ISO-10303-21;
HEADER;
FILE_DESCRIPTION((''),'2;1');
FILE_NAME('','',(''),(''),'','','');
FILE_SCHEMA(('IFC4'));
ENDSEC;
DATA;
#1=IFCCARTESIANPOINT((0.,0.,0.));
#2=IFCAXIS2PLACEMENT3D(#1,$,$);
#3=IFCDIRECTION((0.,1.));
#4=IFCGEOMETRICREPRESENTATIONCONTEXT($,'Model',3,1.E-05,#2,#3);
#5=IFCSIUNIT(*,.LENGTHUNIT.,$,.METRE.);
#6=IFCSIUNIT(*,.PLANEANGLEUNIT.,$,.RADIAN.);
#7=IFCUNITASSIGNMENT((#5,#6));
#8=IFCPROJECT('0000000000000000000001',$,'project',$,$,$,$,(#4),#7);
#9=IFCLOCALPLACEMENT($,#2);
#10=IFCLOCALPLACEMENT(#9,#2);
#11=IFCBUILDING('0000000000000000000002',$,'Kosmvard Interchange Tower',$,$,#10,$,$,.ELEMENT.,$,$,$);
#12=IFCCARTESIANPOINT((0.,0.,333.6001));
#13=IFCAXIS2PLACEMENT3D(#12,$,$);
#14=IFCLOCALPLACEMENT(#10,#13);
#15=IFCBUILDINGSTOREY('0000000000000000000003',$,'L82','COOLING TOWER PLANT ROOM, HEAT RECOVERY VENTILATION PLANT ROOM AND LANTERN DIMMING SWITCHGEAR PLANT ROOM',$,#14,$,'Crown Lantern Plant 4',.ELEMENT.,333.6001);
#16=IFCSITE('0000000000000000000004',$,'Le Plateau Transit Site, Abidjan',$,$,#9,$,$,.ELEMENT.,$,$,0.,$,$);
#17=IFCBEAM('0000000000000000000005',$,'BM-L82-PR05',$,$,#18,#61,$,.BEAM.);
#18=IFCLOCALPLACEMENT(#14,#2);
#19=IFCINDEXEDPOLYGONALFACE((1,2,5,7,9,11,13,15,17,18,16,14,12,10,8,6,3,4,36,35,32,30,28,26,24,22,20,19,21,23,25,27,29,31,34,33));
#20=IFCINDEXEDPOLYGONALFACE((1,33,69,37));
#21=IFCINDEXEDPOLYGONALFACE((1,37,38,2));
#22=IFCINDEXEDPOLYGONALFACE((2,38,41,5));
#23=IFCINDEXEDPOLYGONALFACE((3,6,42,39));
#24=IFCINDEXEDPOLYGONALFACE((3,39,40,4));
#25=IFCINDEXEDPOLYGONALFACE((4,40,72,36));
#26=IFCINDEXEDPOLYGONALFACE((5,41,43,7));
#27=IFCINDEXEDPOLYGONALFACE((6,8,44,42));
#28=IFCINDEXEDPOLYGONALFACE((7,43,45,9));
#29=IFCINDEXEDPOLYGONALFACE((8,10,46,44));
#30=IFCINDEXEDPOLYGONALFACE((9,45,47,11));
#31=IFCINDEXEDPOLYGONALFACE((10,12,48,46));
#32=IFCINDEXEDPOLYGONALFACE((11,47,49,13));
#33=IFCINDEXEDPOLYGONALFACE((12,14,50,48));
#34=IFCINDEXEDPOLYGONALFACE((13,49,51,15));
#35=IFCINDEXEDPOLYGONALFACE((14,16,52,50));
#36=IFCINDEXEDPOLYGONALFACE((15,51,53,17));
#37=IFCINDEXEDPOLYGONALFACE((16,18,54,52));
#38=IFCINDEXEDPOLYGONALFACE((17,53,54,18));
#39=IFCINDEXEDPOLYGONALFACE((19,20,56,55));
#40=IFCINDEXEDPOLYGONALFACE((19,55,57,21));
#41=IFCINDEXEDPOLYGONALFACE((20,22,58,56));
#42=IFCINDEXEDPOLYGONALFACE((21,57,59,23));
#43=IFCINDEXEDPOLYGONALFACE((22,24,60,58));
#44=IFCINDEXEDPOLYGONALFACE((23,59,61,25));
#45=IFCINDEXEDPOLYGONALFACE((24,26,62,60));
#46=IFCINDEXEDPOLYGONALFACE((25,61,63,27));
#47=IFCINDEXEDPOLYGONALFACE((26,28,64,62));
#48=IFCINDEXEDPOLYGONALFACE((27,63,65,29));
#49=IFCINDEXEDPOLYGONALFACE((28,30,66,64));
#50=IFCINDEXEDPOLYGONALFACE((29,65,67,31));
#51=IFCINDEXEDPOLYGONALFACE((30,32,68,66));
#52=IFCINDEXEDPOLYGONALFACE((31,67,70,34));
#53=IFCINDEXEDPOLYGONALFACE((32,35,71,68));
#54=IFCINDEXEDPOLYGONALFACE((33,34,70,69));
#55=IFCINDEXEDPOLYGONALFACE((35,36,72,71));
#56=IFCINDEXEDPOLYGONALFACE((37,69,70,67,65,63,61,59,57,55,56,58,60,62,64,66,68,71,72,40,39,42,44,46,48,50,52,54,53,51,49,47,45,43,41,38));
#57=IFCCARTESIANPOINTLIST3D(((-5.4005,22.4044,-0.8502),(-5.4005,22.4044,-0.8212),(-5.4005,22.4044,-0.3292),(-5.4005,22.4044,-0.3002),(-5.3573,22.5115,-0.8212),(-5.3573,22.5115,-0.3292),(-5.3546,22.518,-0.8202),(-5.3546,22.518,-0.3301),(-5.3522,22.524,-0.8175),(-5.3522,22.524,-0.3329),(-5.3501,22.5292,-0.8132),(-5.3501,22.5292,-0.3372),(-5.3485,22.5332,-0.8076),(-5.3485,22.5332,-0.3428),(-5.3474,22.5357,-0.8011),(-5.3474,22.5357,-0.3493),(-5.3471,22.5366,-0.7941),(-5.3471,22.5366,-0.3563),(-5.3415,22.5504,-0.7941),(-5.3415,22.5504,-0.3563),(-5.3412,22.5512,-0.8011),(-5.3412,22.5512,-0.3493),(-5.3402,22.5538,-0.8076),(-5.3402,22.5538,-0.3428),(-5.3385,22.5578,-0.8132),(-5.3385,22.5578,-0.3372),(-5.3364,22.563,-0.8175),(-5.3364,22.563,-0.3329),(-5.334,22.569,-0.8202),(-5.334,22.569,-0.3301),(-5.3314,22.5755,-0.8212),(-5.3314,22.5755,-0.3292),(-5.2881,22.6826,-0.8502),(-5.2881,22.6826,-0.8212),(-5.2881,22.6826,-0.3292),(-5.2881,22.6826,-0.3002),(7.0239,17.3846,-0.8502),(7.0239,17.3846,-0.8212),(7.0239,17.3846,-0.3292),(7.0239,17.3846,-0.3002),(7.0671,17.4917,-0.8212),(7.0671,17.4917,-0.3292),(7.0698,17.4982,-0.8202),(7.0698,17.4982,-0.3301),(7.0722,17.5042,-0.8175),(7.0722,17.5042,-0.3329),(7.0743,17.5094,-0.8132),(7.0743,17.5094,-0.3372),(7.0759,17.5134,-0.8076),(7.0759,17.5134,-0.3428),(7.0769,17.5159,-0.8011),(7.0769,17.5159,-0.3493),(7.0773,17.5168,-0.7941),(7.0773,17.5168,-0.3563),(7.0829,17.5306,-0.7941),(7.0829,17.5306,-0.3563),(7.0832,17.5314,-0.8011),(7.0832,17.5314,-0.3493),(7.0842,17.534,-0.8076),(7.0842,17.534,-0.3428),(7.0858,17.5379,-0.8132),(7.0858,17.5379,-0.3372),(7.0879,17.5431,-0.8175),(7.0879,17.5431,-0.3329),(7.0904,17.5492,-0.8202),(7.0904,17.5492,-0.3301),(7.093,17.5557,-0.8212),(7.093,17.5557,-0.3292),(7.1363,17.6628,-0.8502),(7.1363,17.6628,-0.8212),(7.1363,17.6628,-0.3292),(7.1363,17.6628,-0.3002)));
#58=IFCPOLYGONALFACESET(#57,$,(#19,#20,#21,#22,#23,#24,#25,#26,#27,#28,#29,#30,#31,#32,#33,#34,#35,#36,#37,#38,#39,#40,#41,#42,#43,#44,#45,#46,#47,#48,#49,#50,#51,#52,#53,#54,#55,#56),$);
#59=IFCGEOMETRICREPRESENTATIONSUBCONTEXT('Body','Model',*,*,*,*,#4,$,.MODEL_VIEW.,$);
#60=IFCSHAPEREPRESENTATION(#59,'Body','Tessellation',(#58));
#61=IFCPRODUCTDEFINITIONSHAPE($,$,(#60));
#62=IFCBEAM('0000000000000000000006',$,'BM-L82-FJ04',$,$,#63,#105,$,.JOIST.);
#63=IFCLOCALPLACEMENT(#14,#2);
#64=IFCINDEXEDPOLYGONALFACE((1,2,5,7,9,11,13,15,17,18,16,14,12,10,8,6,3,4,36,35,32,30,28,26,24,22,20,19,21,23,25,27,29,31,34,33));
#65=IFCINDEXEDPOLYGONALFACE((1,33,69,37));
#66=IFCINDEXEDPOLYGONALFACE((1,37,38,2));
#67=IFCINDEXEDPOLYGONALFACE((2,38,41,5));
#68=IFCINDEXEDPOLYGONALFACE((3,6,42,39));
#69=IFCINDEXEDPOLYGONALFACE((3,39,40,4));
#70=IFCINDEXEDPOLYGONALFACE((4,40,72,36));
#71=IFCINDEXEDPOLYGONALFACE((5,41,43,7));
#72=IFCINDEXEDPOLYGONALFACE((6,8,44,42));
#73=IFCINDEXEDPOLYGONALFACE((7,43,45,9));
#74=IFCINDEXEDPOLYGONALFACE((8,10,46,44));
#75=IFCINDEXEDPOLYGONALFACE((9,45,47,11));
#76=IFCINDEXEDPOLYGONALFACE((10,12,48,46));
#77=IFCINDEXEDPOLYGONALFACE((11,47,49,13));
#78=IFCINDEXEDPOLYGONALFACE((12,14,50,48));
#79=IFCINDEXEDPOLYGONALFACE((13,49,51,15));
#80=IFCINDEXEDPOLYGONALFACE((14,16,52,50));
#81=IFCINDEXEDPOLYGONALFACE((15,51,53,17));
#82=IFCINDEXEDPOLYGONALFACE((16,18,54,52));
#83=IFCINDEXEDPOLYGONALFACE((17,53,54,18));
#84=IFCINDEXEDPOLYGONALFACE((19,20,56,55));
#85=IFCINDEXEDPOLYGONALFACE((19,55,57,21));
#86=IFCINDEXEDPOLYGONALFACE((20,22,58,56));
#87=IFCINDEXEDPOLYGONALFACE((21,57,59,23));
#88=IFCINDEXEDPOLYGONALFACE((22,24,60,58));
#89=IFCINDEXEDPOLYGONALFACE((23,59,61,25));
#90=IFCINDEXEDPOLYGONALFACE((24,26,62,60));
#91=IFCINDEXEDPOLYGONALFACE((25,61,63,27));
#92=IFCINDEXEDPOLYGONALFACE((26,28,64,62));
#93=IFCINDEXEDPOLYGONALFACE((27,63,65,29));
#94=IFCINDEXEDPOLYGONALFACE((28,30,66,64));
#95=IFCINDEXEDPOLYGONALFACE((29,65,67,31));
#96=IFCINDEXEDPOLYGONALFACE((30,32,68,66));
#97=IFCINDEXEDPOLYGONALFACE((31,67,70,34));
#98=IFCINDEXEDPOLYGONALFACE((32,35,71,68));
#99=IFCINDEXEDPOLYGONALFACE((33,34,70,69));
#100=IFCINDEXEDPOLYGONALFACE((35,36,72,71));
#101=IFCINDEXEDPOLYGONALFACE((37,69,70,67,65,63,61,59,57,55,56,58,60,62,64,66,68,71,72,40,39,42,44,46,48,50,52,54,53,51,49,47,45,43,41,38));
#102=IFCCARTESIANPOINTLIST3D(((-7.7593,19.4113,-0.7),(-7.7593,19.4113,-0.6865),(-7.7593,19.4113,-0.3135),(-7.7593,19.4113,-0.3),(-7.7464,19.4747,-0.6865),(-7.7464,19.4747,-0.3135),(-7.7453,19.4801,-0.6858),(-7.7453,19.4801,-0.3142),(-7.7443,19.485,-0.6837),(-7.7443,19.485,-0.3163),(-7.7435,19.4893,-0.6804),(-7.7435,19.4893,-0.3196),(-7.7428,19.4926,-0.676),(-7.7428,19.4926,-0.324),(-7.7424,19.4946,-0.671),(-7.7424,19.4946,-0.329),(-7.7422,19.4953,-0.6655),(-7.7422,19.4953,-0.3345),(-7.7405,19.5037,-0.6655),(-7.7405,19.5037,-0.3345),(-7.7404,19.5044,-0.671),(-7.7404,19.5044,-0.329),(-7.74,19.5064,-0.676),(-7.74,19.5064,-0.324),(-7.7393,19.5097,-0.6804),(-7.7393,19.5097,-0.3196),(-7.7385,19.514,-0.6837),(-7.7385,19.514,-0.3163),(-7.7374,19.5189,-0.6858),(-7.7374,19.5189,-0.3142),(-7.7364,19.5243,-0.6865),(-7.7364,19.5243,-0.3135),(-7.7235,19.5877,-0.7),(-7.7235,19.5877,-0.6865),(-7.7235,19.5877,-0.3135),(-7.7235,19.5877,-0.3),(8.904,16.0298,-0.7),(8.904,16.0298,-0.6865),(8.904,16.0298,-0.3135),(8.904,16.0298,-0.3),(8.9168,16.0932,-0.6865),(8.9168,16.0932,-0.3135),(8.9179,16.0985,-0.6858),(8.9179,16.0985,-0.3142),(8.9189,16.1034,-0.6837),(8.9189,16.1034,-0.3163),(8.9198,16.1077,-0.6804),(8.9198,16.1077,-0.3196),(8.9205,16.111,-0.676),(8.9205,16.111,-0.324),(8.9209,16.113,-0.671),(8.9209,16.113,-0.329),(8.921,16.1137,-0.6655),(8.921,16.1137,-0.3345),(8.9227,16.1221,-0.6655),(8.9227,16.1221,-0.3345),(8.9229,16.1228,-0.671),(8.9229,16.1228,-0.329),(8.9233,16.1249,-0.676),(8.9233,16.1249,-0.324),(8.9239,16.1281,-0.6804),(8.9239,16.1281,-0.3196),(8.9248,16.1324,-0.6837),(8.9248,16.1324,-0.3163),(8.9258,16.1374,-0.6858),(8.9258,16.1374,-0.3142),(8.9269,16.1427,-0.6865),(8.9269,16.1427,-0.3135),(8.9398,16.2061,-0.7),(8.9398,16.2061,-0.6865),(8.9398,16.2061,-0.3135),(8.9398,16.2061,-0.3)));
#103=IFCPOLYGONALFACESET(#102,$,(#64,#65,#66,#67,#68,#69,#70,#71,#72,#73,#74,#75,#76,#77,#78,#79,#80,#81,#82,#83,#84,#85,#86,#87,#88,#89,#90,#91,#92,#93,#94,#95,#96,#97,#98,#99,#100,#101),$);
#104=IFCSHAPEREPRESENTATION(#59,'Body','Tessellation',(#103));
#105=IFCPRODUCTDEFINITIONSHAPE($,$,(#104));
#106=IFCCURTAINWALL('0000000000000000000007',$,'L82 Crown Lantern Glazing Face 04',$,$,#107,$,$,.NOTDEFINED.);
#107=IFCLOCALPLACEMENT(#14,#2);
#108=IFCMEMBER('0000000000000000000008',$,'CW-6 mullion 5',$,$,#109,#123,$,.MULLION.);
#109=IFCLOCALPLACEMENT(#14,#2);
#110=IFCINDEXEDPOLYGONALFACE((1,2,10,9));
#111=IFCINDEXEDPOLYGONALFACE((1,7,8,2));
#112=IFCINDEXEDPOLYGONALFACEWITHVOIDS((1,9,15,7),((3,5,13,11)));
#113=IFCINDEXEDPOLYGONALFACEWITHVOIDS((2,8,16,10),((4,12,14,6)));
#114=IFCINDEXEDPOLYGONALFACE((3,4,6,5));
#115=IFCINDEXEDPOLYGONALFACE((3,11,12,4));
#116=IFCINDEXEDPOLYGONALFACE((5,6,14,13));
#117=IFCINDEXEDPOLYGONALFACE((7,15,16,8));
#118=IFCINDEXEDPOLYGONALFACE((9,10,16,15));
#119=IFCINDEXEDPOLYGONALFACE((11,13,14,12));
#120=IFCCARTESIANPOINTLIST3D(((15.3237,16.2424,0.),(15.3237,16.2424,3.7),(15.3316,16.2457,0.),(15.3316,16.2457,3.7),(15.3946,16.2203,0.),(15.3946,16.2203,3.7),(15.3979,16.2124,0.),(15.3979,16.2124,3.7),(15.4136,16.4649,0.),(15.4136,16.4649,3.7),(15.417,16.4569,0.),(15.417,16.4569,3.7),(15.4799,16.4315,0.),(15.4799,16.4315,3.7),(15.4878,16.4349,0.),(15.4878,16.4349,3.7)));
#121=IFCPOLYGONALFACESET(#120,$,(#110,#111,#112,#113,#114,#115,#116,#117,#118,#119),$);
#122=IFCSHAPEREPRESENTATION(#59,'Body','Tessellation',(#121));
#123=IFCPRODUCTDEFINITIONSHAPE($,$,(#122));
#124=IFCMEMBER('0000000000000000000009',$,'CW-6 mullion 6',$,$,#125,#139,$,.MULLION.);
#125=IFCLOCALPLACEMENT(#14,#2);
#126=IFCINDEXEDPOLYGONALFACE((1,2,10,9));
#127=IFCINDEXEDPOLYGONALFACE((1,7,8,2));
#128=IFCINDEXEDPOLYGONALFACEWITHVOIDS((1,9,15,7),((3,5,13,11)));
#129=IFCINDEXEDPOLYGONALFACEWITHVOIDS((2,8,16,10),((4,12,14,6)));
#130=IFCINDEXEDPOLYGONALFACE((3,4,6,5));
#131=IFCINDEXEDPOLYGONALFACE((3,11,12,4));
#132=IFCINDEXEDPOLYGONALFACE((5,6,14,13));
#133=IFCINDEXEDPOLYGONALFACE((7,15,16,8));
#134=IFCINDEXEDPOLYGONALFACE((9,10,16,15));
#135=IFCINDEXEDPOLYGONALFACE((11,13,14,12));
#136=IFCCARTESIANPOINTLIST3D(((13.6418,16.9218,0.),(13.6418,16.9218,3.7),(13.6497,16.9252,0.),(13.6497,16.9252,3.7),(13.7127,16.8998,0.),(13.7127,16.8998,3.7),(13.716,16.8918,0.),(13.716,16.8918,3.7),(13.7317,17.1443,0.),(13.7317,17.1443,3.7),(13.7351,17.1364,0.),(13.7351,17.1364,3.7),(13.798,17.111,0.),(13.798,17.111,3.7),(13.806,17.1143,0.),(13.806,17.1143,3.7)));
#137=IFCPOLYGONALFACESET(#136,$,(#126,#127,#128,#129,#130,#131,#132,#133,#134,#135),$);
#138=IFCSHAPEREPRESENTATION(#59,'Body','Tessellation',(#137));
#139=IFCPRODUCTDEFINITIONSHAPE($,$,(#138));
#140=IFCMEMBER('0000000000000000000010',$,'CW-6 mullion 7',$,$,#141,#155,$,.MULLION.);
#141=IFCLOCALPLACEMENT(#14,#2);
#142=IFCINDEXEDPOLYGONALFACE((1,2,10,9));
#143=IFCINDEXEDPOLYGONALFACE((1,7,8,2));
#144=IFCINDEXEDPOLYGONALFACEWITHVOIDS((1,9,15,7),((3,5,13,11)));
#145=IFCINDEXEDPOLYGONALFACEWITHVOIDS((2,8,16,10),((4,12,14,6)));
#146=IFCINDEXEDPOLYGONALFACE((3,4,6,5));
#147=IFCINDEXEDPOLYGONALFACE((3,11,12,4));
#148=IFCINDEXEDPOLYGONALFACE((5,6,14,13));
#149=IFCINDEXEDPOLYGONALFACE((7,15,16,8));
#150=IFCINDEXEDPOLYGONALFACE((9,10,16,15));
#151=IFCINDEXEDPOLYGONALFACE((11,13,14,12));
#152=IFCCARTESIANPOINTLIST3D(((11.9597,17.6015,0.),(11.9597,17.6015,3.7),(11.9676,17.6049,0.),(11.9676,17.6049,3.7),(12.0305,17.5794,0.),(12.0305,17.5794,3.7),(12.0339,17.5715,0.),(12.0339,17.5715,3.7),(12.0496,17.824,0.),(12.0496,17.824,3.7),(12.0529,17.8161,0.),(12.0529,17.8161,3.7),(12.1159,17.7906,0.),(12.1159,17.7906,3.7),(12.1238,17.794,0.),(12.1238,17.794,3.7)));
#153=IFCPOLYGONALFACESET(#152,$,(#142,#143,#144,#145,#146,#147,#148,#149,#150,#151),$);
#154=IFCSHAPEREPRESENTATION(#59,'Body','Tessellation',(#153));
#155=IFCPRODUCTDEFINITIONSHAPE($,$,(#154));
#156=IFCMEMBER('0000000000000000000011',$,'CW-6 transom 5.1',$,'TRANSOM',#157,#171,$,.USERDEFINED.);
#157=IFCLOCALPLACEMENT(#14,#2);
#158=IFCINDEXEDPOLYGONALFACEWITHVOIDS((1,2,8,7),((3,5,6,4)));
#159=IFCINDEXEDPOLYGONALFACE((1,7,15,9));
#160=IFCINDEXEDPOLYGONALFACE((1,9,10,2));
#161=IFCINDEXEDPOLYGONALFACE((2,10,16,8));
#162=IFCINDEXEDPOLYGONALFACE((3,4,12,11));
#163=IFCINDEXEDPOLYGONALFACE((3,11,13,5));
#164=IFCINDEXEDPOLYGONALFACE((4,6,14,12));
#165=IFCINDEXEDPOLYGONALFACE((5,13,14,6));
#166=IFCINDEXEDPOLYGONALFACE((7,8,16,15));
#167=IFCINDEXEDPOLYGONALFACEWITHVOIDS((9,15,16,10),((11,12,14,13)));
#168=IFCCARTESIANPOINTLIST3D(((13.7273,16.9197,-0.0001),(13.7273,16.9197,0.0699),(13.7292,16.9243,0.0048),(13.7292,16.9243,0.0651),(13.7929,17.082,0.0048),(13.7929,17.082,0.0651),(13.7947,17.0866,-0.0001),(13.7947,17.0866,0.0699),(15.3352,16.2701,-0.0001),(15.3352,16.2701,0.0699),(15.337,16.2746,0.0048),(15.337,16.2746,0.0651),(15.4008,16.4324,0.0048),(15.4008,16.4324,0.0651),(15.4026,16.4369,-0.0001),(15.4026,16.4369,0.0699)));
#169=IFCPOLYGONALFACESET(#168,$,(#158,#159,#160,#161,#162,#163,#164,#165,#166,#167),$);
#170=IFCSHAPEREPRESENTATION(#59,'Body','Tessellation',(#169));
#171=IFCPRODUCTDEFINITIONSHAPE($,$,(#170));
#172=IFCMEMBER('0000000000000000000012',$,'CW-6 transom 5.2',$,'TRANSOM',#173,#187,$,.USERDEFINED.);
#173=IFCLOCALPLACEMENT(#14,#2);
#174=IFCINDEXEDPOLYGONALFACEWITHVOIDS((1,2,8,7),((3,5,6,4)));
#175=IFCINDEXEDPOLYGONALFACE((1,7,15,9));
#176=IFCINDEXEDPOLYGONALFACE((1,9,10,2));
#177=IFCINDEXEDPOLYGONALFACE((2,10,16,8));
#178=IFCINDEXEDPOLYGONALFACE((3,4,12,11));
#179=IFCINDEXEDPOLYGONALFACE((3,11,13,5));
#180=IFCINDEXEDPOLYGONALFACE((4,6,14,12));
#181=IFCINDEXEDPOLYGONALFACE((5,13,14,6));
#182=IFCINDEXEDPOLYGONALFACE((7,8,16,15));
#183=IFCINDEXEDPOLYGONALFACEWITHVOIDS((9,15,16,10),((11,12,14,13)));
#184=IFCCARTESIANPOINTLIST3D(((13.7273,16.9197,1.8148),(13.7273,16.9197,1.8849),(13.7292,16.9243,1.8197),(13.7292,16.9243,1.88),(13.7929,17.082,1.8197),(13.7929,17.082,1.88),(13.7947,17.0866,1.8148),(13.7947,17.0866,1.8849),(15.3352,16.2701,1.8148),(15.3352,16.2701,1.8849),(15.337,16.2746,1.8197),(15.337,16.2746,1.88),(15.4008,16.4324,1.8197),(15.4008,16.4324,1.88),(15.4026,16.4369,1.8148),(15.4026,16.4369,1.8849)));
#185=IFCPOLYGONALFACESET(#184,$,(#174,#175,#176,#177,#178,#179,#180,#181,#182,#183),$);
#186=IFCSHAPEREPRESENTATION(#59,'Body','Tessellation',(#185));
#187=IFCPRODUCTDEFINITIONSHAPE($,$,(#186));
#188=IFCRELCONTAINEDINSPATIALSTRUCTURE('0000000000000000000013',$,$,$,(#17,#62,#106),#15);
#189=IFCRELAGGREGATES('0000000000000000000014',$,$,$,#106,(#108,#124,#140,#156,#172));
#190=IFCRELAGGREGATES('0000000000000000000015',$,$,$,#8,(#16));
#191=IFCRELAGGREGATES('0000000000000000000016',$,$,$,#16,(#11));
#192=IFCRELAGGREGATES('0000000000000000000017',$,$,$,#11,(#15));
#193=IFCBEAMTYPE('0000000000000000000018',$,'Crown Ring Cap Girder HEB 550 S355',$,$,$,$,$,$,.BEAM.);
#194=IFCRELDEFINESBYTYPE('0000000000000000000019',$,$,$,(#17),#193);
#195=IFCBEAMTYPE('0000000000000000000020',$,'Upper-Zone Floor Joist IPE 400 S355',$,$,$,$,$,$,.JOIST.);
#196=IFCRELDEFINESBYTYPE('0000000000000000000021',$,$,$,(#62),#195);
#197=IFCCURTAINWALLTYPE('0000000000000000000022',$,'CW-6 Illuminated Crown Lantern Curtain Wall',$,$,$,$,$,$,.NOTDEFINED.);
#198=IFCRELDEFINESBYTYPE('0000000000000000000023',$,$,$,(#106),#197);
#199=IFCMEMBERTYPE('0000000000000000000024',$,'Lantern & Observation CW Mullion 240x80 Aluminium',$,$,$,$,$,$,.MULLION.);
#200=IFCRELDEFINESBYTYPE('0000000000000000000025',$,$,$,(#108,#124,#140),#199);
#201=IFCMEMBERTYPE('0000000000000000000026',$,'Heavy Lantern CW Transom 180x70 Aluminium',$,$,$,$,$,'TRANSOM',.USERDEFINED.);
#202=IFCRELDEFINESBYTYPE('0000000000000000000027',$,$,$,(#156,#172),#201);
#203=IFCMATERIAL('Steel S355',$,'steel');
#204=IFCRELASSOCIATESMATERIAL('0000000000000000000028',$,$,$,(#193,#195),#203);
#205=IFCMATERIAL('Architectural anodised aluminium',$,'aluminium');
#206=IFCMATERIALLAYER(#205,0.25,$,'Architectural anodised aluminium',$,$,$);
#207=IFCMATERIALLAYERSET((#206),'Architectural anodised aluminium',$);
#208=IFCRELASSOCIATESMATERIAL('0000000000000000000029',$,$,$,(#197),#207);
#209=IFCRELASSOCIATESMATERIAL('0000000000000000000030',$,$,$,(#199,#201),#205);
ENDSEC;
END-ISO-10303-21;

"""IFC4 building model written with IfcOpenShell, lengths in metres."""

from ifc_helpers import new_model, si_unit, direction, frame, origin, origin_2d, place, context, subcontext, project, spatial, hollow_rectangle, i_section, extrude, source, transform, mapped, material, layer, layer_set, material_profile, profile_set, type_object, element, aggregate, save


model = new_model("IFC4")

# Units and contexts
model_context = context("Model", 3, precision=1e-05, world=origin(), true_north=direction((0.0, 1.0)))
body_context = subcontext(model_context, "Body", "Model", "MODEL_VIEW")
ifc_project = project(units=[si_unit("LENGTHUNIT", "METRE"), si_unit("PLANEANGLEUNIT", "RADIAN")], contexts=[model_context])

# Site, building, storey
site_placement = place(None, origin())
site = spatial("IfcSite", under=ifc_project, at=site_placement, Name="Le Plateau Transit Site, Abidjan", CompositionType="ELEMENT", RefElevation=0.0)
building_placement = place(site_placement, origin())
building = spatial("IfcBuilding", under=site, at=building_placement, Name="Kosmvard Interchange Tower", CompositionType="ELEMENT")
storey_placement = place(building_placement, frame((0.0, 0.0, 333.6001)))
storey = spatial("IfcBuildingStorey", under=building, at=storey_placement, Name="L82", Description="COOLING TOWER PLANT ROOM, HEAT RECOVERY VENTILATION PLANT ROOM AND LANTERN DIMMING SWITCHGEAR PLANT ROOM", LongName="Crown Lantern Plant 4", CompositionType="ELEMENT", Elevation=333.6001)

# Shared definitions
ifc_material_1 = material(Name="Steel S355", Category="steel")

# Beams
ifc_material_profile_1 = material_profile(ifc_material_1, i_section(OverallWidth=0.3, OverallDepth=0.55, WebThickness=0.0149, FlangeThickness=0.0291, FilletRadius=0.0271, at=origin_2d()), Name="HEB 550")
ifc_profile_set_1 = profile_set([ifc_material_profile_1], Name="Steel S355")
beam_type_1 = type_object("IfcBeamType", Name="Crown Ring Cap Girder HEB 550 S355", PredefinedType="BEAM", material=ifc_profile_set_1)
shared_shape_1 = source(origin(), body_context, "Body", "SweptSolid", [
    extrude(i_section(OverallWidth=0.3, OverallDepth=0.55, WebThickness=0.0149, FlangeThickness=0.0291, FilletRadius=0.0271, at=origin_2d()), origin(), (0.0, 0.0, 1.0), 13.4001),
])
beam_1_placement = place(storey_placement, frame((7.0801, 17.5237, -0.5752), z_axis=(-0.927183, 0.374608, 0.0), x_axis=(-0.374608, -0.927183, 0.0)))
element("IfcBeam", 1, at=beam_1_placement, inside=storey, type_object=beam_type_1, Name="BM-L82-PR05", PredefinedType="BEAM", context=body_context, shape_type="MappedRepresentation", body=[
    mapped(shared_shape_1, transform((0.0, 0.0, 0.0), scale=1.0)),
])
ifc_material_profile_2 = material_profile(ifc_material_1, i_section(OverallWidth=0.1799, OverallDepth=0.3999, WebThickness=0.0085, FlangeThickness=0.0134, FilletRadius=0.021, at=origin_2d()), Name="IPE 400")
ifc_profile_set_2 = profile_set([ifc_material_profile_2], Name="Steel S355")
beam_type_2 = type_object("IfcBeamType", Name="Upper-Zone Floor Joist IPE 400 S355", PredefinedType="JOIST", material=ifc_profile_set_2)
shared_shape_2 = source(origin(), body_context, "Body", "SweptSolid", [
    extrude(i_section(OverallWidth=0.1799, OverallDepth=0.3999, WebThickness=0.0085, FlangeThickness=0.0134, FilletRadius=0.021, at=origin_2d()), origin(), (0.0, 0.0, 1.0), 17.0029),
])
beam_2_placement = place(storey_placement, frame((8.9219, 16.1179, -0.5), z_axis=(-0.980023, 0.198882, 0.0), x_axis=(-0.198882, -0.980023, 0.0)))
element("IfcBeam", 2, at=beam_2_placement, inside=storey, type_object=beam_type_2, Name="BM-L82-FJ04", PredefinedType="JOIST", context=body_context, shape_type="MappedRepresentation", body=[
    mapped(shared_shape_2, transform((0.0, 0.0, 0.0), scale=1.0)),
])

# Curtain wall, members
ifc_material_2 = material(Name="Architectural anodised aluminium", Category="aluminium")
ifc_layer_1 = layer(ifc_material_2, 0.25, Name="Architectural anodised aluminium")
ifc_layer_set_1 = layer_set([ifc_layer_1], Name="Architectural anodised aluminium")
curtain_wall_type = type_object("IfcCurtainWallType", Name="CW-6 Illuminated Crown Lantern Curtain Wall", PredefinedType="NOTDEFINED", material=ifc_layer_set_1)
curtain_wall_placement = place(storey_placement, origin())
curtain_wall = element("IfcCurtainWall", 3, at=curtain_wall_placement, inside=storey, type_object=curtain_wall_type, Name="L82 Crown Lantern Glazing Face 04", PredefinedType="NOTDEFINED")
ifc_material_profile_3 = material_profile(ifc_material_2, hollow_rectangle(XDim=0.24, YDim=0.0801, WallThickness=0.0061, at=origin_2d()), Name="CWM 240x80x6")
ifc_profile_set_3 = profile_set([ifc_material_profile_3], Name="Architectural anodised aluminium")
member_type_1 = type_object("IfcMemberType", Name="Lantern & Observation CW Mullion 240x80 Aluminium", PredefinedType="MULLION", material=ifc_profile_set_3)
shared_shape_3 = source(origin(), body_context, "Body", "SweptSolid", [
    extrude(hollow_rectangle(XDim=0.24, YDim=0.0801, WallThickness=0.0061, at=origin_2d()), origin(), (0.0, 0.0, 1.0), 3.7),
])
member_1_placement = place(storey_placement, frame((15.4058, 16.3386, 0.0), z_axis=(0.0, 0.0, 1.0), x_axis=(-0.374607, -0.927184, 0.0)))
member_1 = element("IfcMember", 4, at=member_1_placement, type_object=member_type_1, Name="CW-6 mullion 5", PredefinedType="MULLION", context=body_context, shape_type="MappedRepresentation", body=[
    mapped(shared_shape_3, transform((0.0, 0.0, 0.0), scale=1.0)),
])
member_2_placement = place(storey_placement, frame((13.7239, 17.0181, 0.0), z_axis=(0.0, 0.0, 1.0), x_axis=(-0.374607, -0.927184, 0.0)))
member_2 = element("IfcMember", 5, at=member_2_placement, type_object=member_type_1, Name="CW-6 mullion 6", PredefinedType="MULLION", context=body_context, shape_type="MappedRepresentation", body=[
    mapped(shared_shape_3, transform((0.0, 0.0, 0.0), scale=1.0)),
])
member_3_placement = place(storey_placement, frame((12.0417, 17.6978, 0.0), z_axis=(0.0, 0.0, 1.0), x_axis=(-0.374607, -0.927184, 0.0)))
member_3 = element("IfcMember", 6, at=member_3_placement, type_object=member_type_1, Name="CW-6 mullion 7", PredefinedType="MULLION", context=body_context, shape_type="MappedRepresentation", body=[
    mapped(shared_shape_3, transform((0.0, 0.0, 0.0), scale=1.0)),
])
ifc_material_profile_4 = material_profile(ifc_material_2, hollow_rectangle(XDim=0.1799, YDim=0.0701, WallThickness=0.0049, at=origin_2d()), Name="CWT 180x70x5")
ifc_profile_set_4 = profile_set([ifc_material_profile_4], Name="Architectural anodised aluminium")
member_type_2 = type_object("IfcMemberType", Name="Heavy Lantern CW Transom 180x70 Aluminium", ElementType="TRANSOM", PredefinedType="USERDEFINED", material=ifc_profile_set_4)
shared_shape_4 = source(origin(), body_context, "Body", "SweptSolid", [
    extrude(hollow_rectangle(XDim=0.1799, YDim=0.0701, WallThickness=0.0049, at=origin_2d()), origin(), (0.0, 0.0, 1.0), 1.7341),
])
member_4_placement = place(storey_placement, frame((15.3689, 16.3535, 0.0349), z_axis=(-0.92718, 0.374617, 0.0), x_axis=(-0.374617, -0.92718, 0.0)))
member_4 = element("IfcMember", 7, at=member_4_placement, type_object=member_type_2, Name="CW-6 transom 5.1", ObjectType="TRANSOM", PredefinedType="USERDEFINED", context=body_context, shape_type="MappedRepresentation", body=[
    mapped(shared_shape_4, transform((0.0, 0.0, 0.0), scale=1.0)),
])
member_5_placement = place(storey_placement, frame((15.3689, 16.3535, 1.8499), z_axis=(-0.92718, 0.374617, 0.0), x_axis=(-0.374617, -0.92718, 0.0)))
member_5 = element("IfcMember", 8, at=member_5_placement, type_object=member_type_2, Name="CW-6 transom 5.2", ObjectType="TRANSOM", PredefinedType="USERDEFINED", context=body_context, shape_type="MappedRepresentation", body=[
    mapped(shared_shape_4, transform((0.0, 0.0, 0.0), scale=1.0)),
])

aggregate(curtain_wall, [member_1, member_2, member_3, member_4, member_5])

save(model, "model.ifc")
